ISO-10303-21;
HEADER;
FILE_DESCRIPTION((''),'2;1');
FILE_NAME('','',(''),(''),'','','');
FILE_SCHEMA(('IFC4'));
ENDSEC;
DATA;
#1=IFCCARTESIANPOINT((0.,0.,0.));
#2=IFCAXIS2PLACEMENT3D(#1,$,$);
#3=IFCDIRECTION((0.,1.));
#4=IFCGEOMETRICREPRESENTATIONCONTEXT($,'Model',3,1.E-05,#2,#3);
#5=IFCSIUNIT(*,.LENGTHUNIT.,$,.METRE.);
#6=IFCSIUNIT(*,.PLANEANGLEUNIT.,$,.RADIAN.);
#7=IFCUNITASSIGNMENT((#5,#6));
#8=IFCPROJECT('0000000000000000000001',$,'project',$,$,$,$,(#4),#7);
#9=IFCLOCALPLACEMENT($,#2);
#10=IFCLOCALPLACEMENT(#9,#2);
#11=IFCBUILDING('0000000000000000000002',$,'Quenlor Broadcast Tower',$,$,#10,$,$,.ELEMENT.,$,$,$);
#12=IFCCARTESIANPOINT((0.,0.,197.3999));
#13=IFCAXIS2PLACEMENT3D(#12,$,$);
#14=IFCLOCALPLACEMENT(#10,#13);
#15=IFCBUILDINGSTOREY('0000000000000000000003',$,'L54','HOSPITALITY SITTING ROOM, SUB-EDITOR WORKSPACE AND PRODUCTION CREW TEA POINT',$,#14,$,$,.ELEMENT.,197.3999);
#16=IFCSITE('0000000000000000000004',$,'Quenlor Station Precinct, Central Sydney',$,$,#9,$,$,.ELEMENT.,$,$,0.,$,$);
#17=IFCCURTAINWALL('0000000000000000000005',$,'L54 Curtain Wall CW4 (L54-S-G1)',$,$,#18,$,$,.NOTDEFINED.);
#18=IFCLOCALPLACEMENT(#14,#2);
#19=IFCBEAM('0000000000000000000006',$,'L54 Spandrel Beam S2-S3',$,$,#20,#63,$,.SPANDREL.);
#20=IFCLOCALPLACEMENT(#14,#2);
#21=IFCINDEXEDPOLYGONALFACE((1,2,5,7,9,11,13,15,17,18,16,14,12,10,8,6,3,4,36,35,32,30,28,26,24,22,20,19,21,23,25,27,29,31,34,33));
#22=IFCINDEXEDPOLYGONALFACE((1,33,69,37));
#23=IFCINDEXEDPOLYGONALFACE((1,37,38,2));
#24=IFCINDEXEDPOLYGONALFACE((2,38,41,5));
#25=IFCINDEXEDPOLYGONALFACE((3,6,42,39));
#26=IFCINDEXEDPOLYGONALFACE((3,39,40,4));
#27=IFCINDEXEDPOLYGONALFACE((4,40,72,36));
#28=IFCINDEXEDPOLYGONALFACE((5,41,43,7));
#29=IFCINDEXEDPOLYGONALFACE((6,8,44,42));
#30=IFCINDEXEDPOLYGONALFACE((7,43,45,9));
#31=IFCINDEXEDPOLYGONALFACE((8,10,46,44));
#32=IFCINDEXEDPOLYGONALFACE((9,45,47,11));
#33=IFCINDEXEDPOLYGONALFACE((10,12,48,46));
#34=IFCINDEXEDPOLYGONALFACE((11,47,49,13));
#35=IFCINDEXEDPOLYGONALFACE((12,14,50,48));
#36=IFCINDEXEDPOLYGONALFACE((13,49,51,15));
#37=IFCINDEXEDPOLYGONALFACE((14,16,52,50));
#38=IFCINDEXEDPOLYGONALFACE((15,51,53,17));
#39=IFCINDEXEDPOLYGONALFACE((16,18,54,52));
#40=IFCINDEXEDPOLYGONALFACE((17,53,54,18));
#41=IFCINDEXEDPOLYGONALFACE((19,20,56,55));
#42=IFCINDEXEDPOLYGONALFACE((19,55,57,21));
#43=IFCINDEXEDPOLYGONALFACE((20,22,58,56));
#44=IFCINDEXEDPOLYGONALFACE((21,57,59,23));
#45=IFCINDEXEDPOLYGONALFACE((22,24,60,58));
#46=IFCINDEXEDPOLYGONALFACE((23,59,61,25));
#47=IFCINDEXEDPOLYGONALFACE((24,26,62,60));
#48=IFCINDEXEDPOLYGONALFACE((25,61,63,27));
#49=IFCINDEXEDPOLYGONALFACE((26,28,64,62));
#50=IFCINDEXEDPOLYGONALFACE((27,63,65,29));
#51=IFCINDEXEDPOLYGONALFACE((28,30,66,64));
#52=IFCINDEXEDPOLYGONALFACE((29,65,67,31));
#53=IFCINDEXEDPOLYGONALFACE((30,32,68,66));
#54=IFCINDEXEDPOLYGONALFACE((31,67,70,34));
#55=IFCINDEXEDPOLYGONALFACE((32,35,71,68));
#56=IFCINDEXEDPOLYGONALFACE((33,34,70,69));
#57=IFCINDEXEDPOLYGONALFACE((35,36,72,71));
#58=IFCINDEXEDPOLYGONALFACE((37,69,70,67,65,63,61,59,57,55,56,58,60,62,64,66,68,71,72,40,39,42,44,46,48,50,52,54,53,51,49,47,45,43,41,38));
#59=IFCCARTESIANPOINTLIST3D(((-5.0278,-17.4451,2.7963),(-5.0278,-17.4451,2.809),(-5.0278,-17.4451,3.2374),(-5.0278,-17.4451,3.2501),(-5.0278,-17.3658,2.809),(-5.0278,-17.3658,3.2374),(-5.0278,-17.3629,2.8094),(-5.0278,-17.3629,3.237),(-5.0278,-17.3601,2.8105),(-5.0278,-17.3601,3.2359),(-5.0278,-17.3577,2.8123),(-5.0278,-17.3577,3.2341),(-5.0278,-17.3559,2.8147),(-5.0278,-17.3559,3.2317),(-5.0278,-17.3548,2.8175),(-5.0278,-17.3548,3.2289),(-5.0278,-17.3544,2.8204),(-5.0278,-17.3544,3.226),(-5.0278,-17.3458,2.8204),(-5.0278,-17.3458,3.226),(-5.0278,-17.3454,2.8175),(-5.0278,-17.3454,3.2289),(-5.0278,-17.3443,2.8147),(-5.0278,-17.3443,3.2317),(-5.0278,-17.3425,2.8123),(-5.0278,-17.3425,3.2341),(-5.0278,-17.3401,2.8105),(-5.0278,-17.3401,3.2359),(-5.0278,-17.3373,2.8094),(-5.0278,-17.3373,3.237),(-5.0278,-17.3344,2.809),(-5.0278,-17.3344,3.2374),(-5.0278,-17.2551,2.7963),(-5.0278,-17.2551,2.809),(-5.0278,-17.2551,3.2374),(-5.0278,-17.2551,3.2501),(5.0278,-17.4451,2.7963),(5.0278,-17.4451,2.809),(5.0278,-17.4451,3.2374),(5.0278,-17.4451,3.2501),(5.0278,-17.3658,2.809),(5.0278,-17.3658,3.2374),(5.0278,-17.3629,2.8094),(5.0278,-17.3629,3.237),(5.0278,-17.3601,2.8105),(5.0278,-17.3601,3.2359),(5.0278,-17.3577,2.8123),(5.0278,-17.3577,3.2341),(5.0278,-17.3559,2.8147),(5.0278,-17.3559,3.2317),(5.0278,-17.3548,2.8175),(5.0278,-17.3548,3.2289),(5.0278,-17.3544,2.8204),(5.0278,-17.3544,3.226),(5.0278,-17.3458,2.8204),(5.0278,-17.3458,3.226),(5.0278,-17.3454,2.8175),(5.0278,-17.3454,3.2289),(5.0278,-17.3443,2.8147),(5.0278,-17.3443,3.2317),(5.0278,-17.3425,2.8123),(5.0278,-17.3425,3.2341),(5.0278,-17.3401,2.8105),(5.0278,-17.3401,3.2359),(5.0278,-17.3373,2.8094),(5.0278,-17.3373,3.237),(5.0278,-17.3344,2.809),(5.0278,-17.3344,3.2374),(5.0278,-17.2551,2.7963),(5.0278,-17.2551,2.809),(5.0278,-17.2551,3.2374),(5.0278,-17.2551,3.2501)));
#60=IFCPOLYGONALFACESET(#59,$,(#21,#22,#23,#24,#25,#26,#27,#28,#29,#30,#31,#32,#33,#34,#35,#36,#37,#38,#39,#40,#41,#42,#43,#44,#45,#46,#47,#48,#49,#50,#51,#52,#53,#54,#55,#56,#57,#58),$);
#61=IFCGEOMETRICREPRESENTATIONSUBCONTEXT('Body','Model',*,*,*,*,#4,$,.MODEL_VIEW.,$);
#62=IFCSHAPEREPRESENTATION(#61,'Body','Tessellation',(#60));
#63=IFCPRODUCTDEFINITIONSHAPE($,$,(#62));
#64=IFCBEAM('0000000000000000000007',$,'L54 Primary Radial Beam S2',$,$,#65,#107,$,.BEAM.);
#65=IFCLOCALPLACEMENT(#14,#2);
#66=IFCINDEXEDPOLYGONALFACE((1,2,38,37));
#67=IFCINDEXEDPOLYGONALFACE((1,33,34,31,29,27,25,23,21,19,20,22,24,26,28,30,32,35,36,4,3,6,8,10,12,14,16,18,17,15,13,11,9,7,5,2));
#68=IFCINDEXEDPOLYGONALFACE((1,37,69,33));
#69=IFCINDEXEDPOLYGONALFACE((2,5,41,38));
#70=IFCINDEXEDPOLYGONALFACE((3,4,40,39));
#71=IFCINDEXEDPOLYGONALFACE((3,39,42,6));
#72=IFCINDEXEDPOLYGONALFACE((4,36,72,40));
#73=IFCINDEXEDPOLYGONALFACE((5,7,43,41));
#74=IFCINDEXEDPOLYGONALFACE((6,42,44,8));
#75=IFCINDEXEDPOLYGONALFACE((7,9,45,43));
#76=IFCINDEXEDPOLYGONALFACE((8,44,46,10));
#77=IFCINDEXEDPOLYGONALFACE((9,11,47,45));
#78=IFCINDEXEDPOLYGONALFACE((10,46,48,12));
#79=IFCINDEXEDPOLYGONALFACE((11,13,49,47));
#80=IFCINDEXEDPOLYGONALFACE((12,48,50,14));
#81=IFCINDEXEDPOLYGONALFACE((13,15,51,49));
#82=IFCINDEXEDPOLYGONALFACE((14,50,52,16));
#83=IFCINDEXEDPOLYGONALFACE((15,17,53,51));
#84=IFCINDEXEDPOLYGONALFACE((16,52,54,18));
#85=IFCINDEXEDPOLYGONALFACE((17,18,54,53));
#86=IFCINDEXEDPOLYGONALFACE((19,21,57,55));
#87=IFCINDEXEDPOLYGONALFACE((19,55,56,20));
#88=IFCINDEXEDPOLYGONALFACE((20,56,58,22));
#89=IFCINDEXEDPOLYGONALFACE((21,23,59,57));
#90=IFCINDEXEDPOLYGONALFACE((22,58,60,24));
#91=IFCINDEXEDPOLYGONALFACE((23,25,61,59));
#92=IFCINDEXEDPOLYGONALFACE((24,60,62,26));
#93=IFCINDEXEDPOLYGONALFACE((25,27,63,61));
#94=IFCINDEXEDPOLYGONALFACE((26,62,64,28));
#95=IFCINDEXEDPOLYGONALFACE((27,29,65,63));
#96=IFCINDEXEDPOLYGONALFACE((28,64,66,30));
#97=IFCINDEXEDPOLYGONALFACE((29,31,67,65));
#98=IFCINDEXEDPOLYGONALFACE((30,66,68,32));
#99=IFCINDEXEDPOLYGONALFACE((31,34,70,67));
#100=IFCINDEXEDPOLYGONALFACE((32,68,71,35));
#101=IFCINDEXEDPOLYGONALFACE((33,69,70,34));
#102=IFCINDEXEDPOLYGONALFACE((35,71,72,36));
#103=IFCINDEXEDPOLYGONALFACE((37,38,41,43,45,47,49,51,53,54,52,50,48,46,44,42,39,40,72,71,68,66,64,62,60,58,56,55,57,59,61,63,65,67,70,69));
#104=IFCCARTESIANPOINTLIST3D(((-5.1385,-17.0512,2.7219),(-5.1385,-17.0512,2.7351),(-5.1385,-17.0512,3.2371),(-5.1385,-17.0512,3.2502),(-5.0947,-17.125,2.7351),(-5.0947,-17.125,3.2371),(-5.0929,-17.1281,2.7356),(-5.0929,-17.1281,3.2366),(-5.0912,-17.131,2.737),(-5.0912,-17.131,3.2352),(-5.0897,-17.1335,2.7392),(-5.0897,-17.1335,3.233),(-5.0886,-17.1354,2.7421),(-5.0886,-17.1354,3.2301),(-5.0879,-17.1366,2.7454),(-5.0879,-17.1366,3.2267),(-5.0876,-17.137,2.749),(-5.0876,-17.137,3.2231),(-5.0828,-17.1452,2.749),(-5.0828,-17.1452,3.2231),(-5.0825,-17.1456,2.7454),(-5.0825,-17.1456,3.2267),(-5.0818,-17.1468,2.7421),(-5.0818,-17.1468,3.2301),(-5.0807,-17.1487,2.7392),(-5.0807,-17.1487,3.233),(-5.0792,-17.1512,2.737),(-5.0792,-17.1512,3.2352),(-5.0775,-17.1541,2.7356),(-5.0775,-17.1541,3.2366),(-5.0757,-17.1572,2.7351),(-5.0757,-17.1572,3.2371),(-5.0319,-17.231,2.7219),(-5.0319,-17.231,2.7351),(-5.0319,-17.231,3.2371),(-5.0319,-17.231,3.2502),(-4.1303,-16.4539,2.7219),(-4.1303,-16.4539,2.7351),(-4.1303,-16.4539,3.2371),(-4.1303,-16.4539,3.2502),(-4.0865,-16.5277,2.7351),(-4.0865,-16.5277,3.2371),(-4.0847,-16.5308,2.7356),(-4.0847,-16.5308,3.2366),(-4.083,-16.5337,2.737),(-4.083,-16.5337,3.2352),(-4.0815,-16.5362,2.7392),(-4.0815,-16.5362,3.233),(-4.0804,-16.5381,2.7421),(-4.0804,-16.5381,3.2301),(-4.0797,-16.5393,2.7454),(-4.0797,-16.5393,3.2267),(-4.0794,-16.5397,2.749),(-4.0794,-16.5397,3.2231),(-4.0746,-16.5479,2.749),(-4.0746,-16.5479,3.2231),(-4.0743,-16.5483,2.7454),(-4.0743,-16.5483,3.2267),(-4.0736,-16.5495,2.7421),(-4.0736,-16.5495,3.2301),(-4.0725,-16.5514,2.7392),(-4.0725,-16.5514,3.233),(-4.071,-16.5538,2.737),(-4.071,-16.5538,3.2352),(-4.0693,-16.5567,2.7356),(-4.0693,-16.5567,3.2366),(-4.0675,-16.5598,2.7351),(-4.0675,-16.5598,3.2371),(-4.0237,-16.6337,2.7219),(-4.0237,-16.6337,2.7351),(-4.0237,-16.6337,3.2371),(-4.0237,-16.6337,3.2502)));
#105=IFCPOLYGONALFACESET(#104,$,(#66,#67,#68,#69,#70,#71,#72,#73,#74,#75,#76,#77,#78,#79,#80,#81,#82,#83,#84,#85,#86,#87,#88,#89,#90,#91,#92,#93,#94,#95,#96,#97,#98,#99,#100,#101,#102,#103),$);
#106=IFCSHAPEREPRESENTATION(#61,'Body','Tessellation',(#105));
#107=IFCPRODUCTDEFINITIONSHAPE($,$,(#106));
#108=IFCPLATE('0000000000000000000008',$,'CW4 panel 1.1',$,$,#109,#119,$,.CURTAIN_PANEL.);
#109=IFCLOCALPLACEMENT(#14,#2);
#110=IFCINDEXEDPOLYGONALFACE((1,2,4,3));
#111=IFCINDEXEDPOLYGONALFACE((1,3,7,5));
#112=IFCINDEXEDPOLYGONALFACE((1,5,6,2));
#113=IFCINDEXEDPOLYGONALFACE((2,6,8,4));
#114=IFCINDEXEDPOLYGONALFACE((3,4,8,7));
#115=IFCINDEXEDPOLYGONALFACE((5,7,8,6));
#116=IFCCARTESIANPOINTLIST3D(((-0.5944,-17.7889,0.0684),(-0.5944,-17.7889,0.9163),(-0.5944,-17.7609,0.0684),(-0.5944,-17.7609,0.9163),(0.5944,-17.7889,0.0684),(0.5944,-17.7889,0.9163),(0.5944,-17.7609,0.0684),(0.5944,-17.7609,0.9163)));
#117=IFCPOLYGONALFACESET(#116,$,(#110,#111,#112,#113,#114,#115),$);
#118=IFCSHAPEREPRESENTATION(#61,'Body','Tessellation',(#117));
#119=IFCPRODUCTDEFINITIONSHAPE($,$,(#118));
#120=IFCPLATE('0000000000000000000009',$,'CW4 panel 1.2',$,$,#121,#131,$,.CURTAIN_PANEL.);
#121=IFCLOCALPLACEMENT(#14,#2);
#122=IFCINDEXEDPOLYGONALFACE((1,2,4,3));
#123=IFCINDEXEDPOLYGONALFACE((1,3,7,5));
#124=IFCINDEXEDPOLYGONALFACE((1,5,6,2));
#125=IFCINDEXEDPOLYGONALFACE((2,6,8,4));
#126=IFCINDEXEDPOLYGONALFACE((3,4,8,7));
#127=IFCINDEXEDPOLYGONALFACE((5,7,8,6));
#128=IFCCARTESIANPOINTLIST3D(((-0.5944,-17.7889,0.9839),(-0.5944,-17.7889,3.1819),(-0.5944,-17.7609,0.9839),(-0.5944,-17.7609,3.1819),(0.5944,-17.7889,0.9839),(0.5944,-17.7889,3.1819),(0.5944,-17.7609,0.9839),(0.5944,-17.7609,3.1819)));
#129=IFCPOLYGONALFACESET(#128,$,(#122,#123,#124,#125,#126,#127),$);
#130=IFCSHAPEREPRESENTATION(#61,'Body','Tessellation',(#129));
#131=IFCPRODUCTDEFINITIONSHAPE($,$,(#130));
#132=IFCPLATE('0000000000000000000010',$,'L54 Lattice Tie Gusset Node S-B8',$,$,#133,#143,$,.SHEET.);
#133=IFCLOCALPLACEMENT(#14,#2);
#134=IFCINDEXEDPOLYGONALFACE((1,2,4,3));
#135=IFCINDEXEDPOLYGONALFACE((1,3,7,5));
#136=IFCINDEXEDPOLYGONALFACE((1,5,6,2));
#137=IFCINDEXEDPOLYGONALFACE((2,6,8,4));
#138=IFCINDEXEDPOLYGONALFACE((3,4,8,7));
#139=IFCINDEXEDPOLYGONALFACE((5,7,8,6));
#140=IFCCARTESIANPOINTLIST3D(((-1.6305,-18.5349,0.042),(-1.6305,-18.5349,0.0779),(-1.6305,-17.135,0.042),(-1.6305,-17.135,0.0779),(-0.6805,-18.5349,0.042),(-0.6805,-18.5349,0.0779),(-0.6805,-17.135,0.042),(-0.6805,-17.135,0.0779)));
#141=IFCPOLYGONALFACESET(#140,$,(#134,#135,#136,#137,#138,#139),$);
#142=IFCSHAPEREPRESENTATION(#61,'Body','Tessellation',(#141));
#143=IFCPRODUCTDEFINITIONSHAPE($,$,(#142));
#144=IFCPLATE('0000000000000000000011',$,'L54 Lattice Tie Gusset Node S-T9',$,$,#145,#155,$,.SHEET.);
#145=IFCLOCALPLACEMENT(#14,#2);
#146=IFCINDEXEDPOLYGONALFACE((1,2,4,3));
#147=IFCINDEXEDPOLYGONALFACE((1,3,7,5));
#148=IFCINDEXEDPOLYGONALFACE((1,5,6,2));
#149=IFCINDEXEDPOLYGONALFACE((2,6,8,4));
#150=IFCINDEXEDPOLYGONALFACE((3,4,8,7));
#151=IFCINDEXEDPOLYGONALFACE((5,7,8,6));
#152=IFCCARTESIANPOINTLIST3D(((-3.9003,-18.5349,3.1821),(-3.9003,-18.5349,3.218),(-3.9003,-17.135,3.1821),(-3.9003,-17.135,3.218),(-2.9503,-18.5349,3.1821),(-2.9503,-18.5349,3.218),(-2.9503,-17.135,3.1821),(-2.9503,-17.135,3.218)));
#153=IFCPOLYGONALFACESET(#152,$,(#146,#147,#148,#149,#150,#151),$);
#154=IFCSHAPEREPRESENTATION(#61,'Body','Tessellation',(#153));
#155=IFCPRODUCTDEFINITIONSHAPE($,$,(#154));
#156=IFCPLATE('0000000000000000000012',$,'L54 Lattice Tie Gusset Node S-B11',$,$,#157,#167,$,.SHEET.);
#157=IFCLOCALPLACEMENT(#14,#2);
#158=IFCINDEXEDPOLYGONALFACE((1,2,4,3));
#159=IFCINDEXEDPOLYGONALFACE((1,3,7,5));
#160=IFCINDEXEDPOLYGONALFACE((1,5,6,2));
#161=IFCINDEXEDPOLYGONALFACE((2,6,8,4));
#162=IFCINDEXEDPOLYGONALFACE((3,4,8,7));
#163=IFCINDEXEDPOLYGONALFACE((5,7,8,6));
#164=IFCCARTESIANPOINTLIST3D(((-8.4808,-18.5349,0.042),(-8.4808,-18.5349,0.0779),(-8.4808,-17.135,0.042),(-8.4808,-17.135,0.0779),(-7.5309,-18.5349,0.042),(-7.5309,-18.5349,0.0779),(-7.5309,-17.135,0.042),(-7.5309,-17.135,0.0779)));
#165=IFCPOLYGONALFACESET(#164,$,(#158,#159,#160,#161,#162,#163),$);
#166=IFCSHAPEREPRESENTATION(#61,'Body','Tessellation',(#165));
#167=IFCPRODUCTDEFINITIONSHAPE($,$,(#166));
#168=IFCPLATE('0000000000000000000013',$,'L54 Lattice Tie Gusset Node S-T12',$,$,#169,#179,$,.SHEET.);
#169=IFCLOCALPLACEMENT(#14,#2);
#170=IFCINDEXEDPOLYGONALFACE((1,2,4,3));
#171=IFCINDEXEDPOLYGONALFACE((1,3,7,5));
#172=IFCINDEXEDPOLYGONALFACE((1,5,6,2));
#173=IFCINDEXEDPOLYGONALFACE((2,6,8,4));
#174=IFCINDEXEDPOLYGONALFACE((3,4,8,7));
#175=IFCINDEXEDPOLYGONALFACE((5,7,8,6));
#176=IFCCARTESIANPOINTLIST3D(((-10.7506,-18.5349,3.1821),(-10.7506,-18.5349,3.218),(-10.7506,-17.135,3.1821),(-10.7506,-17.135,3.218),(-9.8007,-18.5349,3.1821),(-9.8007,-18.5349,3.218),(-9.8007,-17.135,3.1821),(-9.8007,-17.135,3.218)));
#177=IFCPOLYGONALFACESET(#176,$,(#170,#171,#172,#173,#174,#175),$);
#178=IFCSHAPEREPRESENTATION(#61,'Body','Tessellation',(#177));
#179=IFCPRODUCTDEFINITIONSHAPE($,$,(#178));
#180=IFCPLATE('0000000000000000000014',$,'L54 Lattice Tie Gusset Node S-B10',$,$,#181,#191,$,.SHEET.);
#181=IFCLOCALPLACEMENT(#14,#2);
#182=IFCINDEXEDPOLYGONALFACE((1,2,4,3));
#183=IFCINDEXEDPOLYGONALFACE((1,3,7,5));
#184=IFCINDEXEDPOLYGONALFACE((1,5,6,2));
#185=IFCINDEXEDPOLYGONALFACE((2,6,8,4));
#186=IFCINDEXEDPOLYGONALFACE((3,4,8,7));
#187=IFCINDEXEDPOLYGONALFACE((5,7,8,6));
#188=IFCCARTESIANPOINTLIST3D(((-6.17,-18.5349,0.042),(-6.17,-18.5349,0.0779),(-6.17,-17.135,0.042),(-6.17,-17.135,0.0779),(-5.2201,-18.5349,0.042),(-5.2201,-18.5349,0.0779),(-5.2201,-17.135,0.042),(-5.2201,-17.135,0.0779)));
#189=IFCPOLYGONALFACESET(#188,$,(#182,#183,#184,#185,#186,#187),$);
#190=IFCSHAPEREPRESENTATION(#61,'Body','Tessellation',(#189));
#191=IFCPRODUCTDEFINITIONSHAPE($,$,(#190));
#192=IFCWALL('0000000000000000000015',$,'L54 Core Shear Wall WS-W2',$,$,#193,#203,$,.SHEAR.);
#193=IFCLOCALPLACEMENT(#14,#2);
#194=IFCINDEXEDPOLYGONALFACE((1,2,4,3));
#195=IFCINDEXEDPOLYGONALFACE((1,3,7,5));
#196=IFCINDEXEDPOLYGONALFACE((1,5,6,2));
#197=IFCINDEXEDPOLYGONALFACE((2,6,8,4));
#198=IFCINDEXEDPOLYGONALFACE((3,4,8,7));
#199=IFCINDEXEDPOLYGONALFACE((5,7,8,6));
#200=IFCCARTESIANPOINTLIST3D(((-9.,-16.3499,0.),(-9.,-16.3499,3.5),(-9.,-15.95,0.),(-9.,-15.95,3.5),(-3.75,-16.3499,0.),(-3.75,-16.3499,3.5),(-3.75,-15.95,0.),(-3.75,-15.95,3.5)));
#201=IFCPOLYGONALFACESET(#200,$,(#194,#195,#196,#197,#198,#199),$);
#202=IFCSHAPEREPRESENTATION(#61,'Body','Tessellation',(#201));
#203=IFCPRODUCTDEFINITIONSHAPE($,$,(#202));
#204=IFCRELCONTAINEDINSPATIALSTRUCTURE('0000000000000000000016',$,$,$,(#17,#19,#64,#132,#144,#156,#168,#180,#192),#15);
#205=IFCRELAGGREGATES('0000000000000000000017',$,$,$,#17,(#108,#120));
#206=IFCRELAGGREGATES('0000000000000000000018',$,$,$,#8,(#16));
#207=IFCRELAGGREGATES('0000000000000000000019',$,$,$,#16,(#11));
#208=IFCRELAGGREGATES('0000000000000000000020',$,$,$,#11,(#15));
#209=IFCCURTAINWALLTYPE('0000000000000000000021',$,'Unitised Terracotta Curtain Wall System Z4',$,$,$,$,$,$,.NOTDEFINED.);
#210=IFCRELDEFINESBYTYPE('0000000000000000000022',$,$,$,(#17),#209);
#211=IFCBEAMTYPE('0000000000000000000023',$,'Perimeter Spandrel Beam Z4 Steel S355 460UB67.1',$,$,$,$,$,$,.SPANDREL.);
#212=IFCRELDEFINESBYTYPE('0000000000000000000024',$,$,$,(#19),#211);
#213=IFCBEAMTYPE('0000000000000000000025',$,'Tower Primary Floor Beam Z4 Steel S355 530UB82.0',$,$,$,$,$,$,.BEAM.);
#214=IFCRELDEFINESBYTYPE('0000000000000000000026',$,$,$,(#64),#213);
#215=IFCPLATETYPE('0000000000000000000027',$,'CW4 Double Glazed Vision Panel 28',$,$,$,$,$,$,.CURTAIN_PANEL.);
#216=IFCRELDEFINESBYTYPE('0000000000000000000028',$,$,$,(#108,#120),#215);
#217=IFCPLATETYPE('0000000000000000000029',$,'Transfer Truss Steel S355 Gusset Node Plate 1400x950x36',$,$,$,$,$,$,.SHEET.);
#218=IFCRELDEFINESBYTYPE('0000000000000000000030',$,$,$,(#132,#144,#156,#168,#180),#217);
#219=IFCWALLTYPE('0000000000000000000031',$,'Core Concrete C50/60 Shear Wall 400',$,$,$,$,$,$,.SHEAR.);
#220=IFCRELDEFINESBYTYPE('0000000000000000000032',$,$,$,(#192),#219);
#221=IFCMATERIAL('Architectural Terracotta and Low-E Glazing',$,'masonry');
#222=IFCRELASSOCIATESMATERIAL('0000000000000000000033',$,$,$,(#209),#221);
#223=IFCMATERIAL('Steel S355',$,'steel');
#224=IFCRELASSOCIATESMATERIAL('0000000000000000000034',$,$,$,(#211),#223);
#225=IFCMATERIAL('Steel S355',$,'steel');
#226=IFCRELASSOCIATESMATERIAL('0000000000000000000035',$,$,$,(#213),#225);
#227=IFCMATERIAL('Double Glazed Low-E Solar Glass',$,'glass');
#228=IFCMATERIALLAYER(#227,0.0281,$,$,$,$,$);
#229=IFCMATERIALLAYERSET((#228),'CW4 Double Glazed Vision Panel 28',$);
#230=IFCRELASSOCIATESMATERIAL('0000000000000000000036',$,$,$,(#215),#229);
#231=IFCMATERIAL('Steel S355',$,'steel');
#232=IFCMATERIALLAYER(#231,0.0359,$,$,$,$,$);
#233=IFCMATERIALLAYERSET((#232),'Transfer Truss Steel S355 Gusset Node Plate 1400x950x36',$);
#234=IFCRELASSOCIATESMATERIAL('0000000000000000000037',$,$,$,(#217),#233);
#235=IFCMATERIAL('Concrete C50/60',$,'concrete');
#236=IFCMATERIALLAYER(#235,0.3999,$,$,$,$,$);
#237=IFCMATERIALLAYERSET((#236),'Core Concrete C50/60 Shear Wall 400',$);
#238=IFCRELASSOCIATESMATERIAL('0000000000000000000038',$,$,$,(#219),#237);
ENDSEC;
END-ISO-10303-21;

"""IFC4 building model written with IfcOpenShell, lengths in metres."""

from ifc_helpers import new_model, si_unit, direction, frame, frame_2d, origin, origin_2d, place, context, subcontext, project, spatial, rectangle, i_section, extrude, material, layer, layer_set, material_profile, profile_set, type_object, element, aggregate, save


model = new_model("IFC4")

# Units and contexts
model_context = context("Model", 3, precision=1e-05, world=origin(), true_north=direction((0.0, 1.0)))
body_context = subcontext(model_context, "Body", "Model", "MODEL_VIEW")
ifc_project = project(units=[si_unit("LENGTHUNIT", "METRE"), si_unit("PLANEANGLEUNIT", "RADIAN")], contexts=[model_context])

# Site, building, storey
site_placement = place(None, origin())
site = spatial("IfcSite", under=ifc_project, at=site_placement, Name="Quenlor Station Precinct, Central Sydney", CompositionType="ELEMENT", RefElevation=0.0)
building_placement = place(site_placement, origin())
building = spatial("IfcBuilding", under=site, at=building_placement, Name="Quenlor Broadcast Tower", CompositionType="ELEMENT")
storey_placement = place(building_placement, frame((0.0, 0.0, 197.3999)))
storey = spatial("IfcBuildingStorey", under=building, at=storey_placement, Name="L54", Description="HOSPITALITY SITTING ROOM, SUB-EDITOR WORKSPACE AND PRODUCTION CREW TEA POINT", CompositionType="ELEMENT", Elevation=197.3999)

# Curtain wall
ifc_material_1 = material(Name="Architectural Terracotta and Low-E Glazing", Category="masonry")
curtain_wall_type = type_object("IfcCurtainWallType", Name="Unitised Terracotta Curtain Wall System Z4", PredefinedType="NOTDEFINED", material=ifc_material_1)
curtain_wall_placement = place(storey_placement, origin())
curtain_wall = element("IfcCurtainWall", 1, at=curtain_wall_placement, inside=storey, type_object=curtain_wall_type, Name="L54 Curtain Wall CW4 (L54-S-G1)", PredefinedType="NOTDEFINED")

# Beams
ifc_material_2 = material(Name="Steel S355", Category="steel")
ifc_material_profile_1 = material_profile(ifc_material_2, i_section(OverallWidth=0.1899, OverallDepth=0.4539, WebThickness=0.0085, FlangeThickness=0.0127, FilletRadius=0.0115, at=origin_2d()))
ifc_profile_set_1 = profile_set([ifc_material_profile_1], Name="Steel S355 460UB67.1")
beam_type_1 = type_object("IfcBeamType", Name="Perimeter Spandrel Beam Z4 Steel S355 460UB67.1", PredefinedType="SPANDREL", material=ifc_profile_set_1)
beam_1_placement = place(storey_placement, frame((-5.0278, -17.3501, 3.0232), z_axis=(1.0, 0.0, 0.0), x_axis=(0.0, 1.0, 0.0)))
element("IfcBeam", 2, at=beam_1_placement, inside=storey, type_object=beam_type_1, Name="L54 Spandrel Beam S2-S3", PredefinedType="SPANDREL", context=body_context, shape_type="SweptSolid", body=[
    extrude(i_section(OverallWidth=0.1899, OverallDepth=0.4539, WebThickness=0.0085, FlangeThickness=0.0127, FilletRadius=0.0115, at=origin_2d()), origin(), (0.0, 0.0, 1.0), 10.0557),
])
ifc_material_3 = material(Name="Steel S355", Category="steel")
ifc_material_profile_2 = material_profile(ifc_material_3, i_section(OverallWidth=0.209, OverallDepth=0.5283, WebThickness=0.0095, FlangeThickness=0.0132, FilletRadius=0.0139, at=origin_2d()))
ifc_profile_set_2 = profile_set([ifc_material_profile_2], Name="Steel S355 530UB82.0")
beam_type_2 = type_object("IfcBeamType", Name="Tower Primary Floor Beam Z4 Steel S355 530UB82.0", PredefinedType="BEAM", material=ifc_profile_set_2)
beam_2_placement = place(storey_placement, frame((-5.0852, -17.1411, 2.9861), z_axis=(0.860329, 0.50974, 0.0), x_axis=(-0.50974, 0.860329, 0.0)))
element("IfcBeam", 3, at=beam_2_placement, inside=storey, type_object=beam_type_2, Name="L54 Primary Radial Beam S2", PredefinedType="BEAM", context=body_context, shape_type="SweptSolid", body=[
    extrude(i_section(OverallWidth=0.209, OverallDepth=0.5283, WebThickness=0.0095, FlangeThickness=0.0132, FilletRadius=0.0139, at=origin_2d()), origin(), (0.0, 0.0, 1.0), 1.1719),
])

# Plates
ifc_material_4 = material(Name="Double Glazed Low-E Solar Glass", Category="glass")
ifc_layer_1 = layer(ifc_material_4, 0.0281)
ifc_layer_set_1 = layer_set([ifc_layer_1], Name="CW4 Double Glazed Vision Panel 28")
plate_type_1 = type_object("IfcPlateType", Name="CW4 Double Glazed Vision Panel 28", PredefinedType="CURTAIN_PANEL", material=ifc_layer_set_1)
plate_1_placement = place(storey_placement, frame((0.0, -17.7749, 0.0684), z_axis=(0.0, 0.0, 1.0), x_axis=(-1.0, 0.0, 0.0)))
plate_1 = element("IfcPlate", 4, at=plate_1_placement, type_object=plate_type_1, Name="CW4 panel 1.1", PredefinedType="CURTAIN_PANEL", context=body_context, shape_type="SweptSolid", body=[
    extrude(rectangle(XDim=1.1887, YDim=0.0281, at=origin_2d()), origin(), (0.0, 0.0, 1.0), 0.8479),
])
plate_2_placement = place(storey_placement, frame((0.0, -17.7749, 0.9839), z_axis=(0.0, 0.0, 1.0), x_axis=(-1.0, 0.0, 0.0)))
plate_2 = element("IfcPlate", 5, at=plate_2_placement, type_object=plate_type_1, Name="CW4 panel 1.2", PredefinedType="CURTAIN_PANEL", context=body_context, shape_type="SweptSolid", body=[
    extrude(rectangle(XDim=1.1887, YDim=0.0281, at=origin_2d()), origin(), (0.0, 0.0, 1.0), 2.198),
])
aggregate(curtain_wall, [plate_1, plate_2])

# Plates
ifc_material_5 = material(Name="Steel S355", Category="steel")
ifc_layer_2 = layer(ifc_material_5, 0.0359)
ifc_layer_set_2 = layer_set([ifc_layer_2], Name="Transfer Truss Steel S355 Gusset Node Plate 1400x950x36")
plate_type_2 = type_object("IfcPlateType", Name="Transfer Truss Steel S355 Gusset Node Plate 1400x950x36", PredefinedType="SHEET", material=ifc_layer_set_2)
for number, where, z_axis, x_axis, name in (
    (6, (-1.1555, -17.835, 0.042), (0.0, 0.0, 1.0), (0.0, -1.0, 0.0), "L54 Lattice Tie Gusset Node S-B8"),
    (7, (-3.4253, -17.835, 3.1821), (0.0, 0.0, 1.0), (0.0, -1.0, 0.0), "L54 Lattice Tie Gusset Node S-T9"),
    (8, (-8.0059, -17.835, 0.042), (0.0, 0.0, 1.0), (0.0, -1.0, 0.0), "L54 Lattice Tie Gusset Node S-B11"),
    (9, (-10.2756, -17.835, 3.1821), (0.0, 0.0, 1.0), (0.0, -1.0, 0.0), "L54 Lattice Tie Gusset Node S-T12"),
    (10, (-5.6951, -17.835, 0.042), (0.0, 0.0, 1.0), (0.0, -1.0, 0.0), "L54 Lattice Tie Gusset Node S-B10"),
):
    element("IfcPlate", number, at=place(storey_placement, frame(where, z_axis=z_axis, x_axis=x_axis)), inside=storey, type_object=plate_type_2, Name=name, PredefinedType="SHEET", context=body_context, shape_type="SweptSolid", body=[
        extrude(rectangle(XDim=1.3999, YDim=0.95, at=origin_2d()), origin(), (0.0, 0.0, 1.0), 0.0359),
    ])

# Wall
ifc_material_6 = material(Name="Concrete C50/60", Category="concrete")
ifc_layer_3 = layer(ifc_material_6, 0.3999)
ifc_layer_set_3 = layer_set([ifc_layer_3], Name="Core Concrete C50/60 Shear Wall 400")
wall_type_1 = type_object("IfcWallType", Name="Core Concrete C50/60 Shear Wall 400", PredefinedType="SHEAR", material=ifc_layer_set_3)
wall_1_placement = place(storey_placement, frame((-9.0, -16.1499, 0.0), z_axis=(0.0, 0.0, 1.0), x_axis=(1.0, 0.0, 0.0)))
element("IfcWall", 11, at=wall_1_placement, inside=storey, type_object=wall_type_1, Name="L54 Core Shear Wall WS-W2", PredefinedType="SHEAR", context=body_context, shape_type="SweptSolid", body=[
    extrude(rectangle(XDim=5.25, YDim=0.3999, at=frame_2d((2.625, 0.0))), origin(), (0.0, 0.0, 1.0), 3.5),
])

save(model, "model.ifc")
